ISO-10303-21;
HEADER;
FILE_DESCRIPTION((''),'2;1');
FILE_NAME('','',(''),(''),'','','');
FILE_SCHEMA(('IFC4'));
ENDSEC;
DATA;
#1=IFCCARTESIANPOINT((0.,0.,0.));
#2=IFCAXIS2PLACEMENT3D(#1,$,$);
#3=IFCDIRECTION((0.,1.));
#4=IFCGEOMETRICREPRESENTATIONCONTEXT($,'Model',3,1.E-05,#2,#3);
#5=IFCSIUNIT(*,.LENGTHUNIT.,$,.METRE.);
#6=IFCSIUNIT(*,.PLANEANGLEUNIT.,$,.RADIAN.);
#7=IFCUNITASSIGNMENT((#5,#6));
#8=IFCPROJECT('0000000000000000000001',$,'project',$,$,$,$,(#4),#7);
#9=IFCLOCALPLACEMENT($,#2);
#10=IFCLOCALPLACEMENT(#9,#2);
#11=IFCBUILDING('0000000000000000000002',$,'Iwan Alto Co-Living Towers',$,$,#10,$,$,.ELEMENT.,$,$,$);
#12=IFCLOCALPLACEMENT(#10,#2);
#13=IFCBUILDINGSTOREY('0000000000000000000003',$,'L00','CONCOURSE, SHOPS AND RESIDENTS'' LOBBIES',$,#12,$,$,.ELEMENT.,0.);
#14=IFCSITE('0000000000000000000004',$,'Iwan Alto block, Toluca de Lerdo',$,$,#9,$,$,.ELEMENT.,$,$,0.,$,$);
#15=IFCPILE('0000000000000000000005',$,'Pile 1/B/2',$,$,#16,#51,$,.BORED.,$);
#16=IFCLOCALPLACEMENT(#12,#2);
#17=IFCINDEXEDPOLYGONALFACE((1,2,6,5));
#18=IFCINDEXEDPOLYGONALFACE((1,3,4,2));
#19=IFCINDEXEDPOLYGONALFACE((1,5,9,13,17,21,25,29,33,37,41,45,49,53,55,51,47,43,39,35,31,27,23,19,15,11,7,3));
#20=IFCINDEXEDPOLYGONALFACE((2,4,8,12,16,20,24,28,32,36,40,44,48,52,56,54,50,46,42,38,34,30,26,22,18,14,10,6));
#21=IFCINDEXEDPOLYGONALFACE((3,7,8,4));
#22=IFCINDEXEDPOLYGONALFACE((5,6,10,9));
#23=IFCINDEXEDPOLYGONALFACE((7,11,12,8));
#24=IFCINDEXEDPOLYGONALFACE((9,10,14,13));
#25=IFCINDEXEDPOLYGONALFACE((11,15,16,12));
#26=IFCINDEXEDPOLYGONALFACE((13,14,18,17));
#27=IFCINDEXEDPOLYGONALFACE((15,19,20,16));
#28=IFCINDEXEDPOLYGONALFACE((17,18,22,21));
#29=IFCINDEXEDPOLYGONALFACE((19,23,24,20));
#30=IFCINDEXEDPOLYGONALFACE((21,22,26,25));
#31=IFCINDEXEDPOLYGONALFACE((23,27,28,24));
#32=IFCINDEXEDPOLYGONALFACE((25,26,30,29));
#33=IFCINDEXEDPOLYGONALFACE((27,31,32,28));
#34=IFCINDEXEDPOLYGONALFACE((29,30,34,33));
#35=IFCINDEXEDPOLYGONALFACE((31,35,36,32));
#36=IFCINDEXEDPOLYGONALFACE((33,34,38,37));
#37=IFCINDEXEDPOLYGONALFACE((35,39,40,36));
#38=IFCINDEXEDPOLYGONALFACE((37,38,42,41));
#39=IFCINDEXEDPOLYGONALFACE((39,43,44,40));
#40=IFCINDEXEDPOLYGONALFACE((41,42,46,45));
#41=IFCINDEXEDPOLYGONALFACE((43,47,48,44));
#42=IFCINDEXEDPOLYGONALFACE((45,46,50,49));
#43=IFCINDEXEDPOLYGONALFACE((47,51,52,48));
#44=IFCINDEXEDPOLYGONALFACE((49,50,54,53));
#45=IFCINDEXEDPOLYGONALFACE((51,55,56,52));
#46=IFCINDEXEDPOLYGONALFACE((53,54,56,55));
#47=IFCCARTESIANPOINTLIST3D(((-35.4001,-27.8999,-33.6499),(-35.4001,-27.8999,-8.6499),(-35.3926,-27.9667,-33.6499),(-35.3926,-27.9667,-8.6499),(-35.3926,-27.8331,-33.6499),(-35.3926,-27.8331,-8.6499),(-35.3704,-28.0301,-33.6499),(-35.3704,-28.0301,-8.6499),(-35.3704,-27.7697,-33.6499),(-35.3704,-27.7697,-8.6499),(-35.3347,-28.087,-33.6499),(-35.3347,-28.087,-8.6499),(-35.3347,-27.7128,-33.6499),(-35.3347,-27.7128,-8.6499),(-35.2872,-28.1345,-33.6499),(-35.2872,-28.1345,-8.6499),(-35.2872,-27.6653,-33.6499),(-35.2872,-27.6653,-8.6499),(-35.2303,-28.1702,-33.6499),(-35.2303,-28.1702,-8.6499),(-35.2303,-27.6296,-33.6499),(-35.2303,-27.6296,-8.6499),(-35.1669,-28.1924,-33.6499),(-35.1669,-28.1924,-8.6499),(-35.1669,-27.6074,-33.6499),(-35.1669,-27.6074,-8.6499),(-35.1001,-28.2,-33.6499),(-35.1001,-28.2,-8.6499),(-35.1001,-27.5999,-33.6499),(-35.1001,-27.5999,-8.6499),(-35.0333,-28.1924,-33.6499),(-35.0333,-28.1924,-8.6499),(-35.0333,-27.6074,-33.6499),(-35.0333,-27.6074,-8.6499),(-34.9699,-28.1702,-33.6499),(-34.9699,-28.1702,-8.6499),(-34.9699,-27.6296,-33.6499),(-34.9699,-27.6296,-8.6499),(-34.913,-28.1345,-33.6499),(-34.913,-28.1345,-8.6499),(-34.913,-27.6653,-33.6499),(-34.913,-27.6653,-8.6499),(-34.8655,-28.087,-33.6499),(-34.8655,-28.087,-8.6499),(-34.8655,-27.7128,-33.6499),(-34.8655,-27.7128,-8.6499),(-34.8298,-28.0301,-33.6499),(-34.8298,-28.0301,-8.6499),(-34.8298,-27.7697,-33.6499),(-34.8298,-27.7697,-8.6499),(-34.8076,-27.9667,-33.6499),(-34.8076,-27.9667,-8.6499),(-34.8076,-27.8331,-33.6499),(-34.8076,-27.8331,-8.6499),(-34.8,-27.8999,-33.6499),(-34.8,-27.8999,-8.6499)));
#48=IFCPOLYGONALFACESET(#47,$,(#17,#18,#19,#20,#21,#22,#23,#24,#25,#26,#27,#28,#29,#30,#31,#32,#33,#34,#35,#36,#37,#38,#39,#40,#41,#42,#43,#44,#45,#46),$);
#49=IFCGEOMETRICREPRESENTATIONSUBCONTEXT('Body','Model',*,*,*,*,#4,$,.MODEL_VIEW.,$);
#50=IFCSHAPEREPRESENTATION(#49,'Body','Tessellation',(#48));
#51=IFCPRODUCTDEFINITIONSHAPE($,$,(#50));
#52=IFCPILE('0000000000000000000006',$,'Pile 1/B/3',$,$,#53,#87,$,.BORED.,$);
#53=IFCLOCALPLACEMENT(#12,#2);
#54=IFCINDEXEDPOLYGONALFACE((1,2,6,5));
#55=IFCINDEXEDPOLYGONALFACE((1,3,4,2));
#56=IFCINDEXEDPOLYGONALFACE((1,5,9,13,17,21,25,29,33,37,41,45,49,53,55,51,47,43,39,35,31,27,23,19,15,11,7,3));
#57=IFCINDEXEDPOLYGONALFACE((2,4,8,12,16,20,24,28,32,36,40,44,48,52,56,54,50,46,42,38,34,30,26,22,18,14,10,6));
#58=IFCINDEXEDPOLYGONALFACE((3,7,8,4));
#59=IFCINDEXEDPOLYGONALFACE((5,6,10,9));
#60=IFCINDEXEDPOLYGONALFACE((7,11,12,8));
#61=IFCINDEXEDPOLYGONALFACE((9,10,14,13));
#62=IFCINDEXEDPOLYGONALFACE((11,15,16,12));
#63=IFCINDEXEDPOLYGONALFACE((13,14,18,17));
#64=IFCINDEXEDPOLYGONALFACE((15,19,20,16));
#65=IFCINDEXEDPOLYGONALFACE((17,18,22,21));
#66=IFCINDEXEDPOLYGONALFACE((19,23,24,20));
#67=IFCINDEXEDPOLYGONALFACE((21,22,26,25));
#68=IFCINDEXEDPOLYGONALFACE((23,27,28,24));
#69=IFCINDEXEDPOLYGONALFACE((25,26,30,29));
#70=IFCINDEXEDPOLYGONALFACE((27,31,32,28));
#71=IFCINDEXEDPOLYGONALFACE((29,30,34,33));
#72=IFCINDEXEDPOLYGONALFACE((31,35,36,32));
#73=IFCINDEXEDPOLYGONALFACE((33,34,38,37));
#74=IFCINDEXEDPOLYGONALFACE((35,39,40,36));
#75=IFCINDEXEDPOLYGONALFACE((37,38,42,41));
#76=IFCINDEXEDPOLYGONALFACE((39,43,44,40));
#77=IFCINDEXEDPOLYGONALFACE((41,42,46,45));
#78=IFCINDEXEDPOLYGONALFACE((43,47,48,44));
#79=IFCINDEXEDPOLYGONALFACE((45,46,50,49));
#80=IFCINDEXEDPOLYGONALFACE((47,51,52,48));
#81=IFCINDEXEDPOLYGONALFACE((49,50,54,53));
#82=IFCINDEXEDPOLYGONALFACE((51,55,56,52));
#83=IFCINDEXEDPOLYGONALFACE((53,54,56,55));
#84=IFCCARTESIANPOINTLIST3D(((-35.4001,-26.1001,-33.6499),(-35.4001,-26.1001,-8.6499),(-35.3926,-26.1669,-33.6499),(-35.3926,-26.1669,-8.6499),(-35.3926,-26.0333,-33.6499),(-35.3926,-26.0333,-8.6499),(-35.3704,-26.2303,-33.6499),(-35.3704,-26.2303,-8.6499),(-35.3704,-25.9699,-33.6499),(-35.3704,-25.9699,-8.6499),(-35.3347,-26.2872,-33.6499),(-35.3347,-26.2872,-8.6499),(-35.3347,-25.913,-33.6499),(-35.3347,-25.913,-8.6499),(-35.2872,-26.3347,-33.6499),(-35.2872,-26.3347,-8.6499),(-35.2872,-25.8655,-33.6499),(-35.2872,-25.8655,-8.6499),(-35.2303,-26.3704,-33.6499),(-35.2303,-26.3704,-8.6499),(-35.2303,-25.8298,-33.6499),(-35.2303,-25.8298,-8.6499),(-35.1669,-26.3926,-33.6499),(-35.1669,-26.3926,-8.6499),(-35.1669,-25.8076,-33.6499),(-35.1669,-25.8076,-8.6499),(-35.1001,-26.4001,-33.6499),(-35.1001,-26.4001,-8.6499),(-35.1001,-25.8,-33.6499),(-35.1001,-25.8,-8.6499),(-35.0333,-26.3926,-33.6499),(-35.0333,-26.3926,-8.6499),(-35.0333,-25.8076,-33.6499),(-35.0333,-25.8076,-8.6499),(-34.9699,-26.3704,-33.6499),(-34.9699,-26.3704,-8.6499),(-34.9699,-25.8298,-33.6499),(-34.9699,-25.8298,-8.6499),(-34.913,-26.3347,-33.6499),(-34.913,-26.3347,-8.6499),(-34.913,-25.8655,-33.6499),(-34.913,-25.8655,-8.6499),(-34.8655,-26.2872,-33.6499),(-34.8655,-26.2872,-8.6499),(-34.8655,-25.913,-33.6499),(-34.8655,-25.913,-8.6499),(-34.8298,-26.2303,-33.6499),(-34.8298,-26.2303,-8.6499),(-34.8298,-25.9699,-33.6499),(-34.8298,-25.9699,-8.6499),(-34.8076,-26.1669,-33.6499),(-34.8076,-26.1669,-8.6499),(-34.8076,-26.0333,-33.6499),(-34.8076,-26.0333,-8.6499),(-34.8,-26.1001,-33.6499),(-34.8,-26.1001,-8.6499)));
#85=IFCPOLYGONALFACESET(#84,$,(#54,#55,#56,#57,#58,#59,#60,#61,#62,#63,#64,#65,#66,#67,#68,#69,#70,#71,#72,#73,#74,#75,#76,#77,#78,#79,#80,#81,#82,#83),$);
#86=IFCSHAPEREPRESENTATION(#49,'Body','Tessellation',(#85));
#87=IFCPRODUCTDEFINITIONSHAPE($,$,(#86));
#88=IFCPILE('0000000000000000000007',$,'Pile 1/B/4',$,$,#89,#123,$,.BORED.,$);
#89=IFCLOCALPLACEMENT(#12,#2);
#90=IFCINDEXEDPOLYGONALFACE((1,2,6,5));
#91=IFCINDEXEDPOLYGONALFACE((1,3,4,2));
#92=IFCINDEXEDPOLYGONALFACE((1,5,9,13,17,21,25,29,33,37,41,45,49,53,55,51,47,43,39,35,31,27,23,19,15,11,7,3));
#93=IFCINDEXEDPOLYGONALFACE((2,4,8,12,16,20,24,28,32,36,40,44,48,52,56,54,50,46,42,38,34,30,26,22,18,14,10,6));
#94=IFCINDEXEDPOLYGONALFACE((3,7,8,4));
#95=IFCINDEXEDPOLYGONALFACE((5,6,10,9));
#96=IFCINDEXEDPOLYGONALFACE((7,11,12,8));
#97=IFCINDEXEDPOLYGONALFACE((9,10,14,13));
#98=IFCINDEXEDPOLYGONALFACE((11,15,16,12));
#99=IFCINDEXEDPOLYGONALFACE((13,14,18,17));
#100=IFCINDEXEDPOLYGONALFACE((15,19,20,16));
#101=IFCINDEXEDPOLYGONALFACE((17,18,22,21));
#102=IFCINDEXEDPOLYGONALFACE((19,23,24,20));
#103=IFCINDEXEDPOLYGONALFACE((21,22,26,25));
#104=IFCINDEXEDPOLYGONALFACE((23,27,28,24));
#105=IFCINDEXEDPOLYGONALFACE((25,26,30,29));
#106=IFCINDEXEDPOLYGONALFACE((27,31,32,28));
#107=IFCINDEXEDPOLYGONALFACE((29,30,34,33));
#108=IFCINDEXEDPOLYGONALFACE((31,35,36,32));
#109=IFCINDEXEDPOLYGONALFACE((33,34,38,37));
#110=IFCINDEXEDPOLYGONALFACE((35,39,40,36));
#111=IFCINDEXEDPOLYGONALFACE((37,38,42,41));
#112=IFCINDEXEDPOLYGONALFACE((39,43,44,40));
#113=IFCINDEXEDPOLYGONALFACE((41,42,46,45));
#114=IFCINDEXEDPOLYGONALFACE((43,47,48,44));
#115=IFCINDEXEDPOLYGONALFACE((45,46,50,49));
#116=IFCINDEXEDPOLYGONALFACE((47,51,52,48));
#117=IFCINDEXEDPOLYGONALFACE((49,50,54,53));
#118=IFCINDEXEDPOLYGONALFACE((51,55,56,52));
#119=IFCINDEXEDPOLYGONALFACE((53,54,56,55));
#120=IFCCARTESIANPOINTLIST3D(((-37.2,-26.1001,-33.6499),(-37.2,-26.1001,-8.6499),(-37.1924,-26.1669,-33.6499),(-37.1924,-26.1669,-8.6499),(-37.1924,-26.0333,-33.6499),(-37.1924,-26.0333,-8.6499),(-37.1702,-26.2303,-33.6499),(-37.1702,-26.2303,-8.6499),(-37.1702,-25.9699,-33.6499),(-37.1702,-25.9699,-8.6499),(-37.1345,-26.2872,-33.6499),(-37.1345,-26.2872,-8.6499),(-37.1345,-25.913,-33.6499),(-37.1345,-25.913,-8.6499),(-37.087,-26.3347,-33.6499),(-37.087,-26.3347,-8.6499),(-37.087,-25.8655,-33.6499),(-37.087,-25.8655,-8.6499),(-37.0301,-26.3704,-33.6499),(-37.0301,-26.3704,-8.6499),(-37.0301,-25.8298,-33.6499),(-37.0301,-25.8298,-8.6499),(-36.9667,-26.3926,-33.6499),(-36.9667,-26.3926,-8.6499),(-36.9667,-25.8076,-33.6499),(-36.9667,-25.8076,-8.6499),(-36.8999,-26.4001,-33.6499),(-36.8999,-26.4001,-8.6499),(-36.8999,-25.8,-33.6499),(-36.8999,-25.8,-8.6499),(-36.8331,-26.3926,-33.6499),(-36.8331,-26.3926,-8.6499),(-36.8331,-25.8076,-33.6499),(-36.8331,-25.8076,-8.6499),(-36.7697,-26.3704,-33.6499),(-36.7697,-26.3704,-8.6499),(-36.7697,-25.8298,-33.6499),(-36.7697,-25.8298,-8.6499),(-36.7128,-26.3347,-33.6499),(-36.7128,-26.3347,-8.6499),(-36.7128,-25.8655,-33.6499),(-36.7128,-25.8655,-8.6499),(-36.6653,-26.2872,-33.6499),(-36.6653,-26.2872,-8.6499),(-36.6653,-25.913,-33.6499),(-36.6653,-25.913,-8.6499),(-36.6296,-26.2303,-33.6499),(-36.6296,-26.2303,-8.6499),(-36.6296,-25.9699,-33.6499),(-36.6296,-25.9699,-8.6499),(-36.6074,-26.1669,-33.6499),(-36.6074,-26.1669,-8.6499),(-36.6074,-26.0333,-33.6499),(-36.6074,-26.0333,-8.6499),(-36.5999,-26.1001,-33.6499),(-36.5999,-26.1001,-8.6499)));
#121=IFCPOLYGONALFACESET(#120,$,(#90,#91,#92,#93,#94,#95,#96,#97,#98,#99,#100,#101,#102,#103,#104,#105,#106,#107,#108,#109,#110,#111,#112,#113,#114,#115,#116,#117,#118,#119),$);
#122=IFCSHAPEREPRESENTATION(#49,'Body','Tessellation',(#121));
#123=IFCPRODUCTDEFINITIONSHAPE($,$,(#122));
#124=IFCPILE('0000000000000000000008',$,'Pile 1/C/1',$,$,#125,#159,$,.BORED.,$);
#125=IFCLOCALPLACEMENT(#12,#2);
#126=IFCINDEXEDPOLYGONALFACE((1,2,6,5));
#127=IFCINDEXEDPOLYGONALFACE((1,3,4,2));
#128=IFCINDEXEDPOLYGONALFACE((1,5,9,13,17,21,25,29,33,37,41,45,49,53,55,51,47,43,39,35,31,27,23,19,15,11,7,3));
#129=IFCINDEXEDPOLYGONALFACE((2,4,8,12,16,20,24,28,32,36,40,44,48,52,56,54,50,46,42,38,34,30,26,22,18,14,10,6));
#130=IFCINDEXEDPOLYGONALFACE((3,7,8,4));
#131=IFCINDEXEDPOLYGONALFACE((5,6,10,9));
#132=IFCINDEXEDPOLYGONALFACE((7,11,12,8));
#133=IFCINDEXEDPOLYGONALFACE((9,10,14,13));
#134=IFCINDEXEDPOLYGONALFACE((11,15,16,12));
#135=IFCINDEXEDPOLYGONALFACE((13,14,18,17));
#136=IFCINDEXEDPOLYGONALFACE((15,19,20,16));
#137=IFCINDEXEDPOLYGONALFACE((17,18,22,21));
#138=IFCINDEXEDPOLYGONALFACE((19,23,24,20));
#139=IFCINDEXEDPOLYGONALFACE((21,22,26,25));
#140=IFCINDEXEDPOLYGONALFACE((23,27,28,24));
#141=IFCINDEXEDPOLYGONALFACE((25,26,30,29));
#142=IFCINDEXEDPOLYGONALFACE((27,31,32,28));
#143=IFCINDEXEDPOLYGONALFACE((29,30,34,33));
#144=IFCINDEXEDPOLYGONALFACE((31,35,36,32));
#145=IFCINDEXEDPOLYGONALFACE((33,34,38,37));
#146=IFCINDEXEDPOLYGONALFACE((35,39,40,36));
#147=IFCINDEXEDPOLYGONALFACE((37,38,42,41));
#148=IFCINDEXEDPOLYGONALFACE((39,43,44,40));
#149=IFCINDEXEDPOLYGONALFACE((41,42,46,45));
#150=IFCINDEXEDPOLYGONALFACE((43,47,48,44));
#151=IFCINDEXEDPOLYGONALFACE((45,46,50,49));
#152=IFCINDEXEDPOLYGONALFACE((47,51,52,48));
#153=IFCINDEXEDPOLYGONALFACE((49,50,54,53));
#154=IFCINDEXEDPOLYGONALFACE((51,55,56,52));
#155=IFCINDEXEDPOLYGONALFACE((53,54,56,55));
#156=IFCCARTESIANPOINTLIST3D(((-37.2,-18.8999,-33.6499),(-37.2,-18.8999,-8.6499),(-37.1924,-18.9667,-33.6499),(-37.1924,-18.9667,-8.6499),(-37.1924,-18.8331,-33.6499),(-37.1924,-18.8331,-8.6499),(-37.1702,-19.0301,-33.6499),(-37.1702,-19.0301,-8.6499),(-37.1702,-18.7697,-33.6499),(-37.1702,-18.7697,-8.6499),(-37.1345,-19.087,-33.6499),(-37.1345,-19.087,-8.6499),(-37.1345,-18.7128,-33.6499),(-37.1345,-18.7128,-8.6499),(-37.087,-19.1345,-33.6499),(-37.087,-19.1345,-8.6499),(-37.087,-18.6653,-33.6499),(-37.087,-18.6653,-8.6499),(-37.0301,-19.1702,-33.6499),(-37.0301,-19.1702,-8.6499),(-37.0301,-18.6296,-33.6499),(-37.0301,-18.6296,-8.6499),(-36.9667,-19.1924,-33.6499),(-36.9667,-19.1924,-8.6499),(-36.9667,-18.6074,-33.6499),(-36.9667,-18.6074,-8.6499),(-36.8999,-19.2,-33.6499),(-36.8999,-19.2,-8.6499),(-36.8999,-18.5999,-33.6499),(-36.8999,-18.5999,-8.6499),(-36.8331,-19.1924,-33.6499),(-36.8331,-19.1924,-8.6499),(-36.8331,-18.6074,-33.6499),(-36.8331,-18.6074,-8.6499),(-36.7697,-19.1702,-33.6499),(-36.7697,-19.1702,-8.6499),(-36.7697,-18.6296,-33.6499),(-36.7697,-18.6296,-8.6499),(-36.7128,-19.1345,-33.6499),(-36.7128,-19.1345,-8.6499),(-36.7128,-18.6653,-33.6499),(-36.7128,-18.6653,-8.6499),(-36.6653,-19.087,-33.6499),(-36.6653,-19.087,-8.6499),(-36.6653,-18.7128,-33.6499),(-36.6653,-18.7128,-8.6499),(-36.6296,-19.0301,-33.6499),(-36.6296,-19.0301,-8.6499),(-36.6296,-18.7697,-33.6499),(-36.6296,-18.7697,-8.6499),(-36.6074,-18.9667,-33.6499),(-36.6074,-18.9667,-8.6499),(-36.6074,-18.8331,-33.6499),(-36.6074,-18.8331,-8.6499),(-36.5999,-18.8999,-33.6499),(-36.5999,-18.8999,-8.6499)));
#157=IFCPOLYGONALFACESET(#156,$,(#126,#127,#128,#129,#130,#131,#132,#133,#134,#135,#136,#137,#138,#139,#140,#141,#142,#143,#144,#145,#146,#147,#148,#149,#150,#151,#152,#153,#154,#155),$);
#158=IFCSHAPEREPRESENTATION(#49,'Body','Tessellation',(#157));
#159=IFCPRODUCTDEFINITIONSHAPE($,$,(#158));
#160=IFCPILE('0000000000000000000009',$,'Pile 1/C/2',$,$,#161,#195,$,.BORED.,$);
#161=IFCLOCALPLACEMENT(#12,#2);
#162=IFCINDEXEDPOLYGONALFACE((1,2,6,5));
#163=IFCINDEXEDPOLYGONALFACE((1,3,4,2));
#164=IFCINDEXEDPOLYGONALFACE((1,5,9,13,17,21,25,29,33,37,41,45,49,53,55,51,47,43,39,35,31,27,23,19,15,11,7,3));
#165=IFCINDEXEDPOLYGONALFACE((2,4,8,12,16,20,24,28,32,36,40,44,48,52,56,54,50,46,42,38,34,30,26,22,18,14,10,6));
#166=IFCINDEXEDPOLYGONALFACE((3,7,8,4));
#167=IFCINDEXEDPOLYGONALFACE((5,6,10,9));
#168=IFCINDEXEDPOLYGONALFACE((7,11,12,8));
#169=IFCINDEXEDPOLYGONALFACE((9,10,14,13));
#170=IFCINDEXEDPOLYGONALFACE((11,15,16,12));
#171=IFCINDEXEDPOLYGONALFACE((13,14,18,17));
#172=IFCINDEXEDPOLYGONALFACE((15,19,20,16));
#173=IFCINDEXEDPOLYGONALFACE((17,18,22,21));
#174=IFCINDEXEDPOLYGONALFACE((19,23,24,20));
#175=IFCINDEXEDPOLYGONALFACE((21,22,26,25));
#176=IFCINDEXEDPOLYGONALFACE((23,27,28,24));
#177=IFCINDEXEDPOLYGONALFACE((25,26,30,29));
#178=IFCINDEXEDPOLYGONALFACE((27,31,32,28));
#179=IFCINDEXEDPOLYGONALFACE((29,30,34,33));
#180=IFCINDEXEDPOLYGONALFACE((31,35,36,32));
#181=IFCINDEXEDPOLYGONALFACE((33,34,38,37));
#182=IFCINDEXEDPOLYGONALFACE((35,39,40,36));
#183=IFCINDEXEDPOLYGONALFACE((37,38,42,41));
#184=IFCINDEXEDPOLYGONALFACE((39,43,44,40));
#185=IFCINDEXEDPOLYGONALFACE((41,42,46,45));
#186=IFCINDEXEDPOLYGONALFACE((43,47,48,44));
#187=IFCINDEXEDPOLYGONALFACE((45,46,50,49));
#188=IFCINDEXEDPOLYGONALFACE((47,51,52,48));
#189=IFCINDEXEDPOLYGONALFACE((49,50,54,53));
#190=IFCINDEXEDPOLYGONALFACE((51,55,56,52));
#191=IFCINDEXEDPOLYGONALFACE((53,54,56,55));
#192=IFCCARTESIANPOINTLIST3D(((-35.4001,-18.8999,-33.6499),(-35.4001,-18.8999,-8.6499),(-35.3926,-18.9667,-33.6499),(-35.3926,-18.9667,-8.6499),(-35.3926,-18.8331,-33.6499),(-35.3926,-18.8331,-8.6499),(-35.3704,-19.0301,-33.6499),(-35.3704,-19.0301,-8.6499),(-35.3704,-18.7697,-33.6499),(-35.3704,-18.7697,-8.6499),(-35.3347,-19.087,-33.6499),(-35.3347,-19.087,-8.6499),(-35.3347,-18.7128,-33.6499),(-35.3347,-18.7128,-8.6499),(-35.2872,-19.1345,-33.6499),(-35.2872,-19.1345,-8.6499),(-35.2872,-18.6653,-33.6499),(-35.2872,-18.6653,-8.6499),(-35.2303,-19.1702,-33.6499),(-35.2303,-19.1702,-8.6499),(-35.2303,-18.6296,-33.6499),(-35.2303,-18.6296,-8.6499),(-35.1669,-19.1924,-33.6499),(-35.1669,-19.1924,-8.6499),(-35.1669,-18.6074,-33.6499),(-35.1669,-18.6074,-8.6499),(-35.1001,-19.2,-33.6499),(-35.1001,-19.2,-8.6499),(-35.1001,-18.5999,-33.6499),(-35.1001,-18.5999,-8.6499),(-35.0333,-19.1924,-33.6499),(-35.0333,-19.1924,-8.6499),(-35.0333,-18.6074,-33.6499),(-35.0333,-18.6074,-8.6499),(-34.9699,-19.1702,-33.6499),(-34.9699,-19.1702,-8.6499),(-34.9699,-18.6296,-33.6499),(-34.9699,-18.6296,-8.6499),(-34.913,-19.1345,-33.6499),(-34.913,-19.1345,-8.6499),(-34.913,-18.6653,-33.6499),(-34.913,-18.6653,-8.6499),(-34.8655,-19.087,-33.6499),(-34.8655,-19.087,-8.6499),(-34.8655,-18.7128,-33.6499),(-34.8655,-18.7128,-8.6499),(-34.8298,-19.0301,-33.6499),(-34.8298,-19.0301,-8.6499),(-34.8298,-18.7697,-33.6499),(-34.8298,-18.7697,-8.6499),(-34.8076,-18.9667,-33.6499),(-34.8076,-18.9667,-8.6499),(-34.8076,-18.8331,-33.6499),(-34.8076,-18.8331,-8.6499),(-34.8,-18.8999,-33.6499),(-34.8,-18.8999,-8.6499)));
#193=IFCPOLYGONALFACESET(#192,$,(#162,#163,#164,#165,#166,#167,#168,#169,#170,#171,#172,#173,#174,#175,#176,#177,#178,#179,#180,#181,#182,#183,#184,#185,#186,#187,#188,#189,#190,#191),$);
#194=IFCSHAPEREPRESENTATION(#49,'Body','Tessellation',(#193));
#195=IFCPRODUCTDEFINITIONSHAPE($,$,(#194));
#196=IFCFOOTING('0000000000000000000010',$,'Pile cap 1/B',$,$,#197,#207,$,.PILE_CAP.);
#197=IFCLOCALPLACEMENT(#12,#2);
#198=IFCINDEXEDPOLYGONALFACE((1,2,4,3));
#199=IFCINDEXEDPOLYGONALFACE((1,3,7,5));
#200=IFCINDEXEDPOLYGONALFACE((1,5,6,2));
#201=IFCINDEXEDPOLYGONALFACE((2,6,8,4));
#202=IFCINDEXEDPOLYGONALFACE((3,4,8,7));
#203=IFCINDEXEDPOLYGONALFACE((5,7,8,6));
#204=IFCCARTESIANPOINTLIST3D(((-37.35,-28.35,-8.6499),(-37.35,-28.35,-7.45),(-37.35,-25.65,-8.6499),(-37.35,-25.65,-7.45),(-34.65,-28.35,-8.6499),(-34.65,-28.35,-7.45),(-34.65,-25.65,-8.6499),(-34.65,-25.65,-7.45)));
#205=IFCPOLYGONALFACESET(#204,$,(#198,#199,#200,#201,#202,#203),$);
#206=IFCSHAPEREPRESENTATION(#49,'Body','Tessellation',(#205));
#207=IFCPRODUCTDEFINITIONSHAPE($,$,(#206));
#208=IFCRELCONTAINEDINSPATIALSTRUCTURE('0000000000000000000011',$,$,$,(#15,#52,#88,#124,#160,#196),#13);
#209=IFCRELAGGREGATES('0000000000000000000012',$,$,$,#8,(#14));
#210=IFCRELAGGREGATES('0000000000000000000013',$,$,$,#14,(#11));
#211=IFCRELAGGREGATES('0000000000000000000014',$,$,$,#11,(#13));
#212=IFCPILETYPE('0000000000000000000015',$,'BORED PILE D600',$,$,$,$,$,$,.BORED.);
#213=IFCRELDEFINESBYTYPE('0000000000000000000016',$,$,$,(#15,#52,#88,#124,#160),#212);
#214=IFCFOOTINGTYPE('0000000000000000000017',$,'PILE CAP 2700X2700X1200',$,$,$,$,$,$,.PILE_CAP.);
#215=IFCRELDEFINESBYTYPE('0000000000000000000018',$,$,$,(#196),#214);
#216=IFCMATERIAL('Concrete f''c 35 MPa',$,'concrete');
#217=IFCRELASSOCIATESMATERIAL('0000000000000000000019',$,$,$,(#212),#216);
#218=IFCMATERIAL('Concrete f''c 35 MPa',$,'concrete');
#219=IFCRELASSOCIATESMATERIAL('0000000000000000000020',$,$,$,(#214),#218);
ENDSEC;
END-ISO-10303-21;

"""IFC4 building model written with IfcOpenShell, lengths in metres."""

from ifc_helpers import new_model, si_unit, direction, frame, origin, origin_2d, place, context, subcontext, project, spatial, rectangle, circle, extrude, material, material_profile, profile_set, type_object, element, save


model = new_model("IFC4")

# Units and contexts
model_context = context("Model", 3, precision=1e-05, world=origin(), true_north=direction((0.0, 1.0)))
body_context = subcontext(model_context, "Body", "Model", "MODEL_VIEW")
ifc_project = project(units=[si_unit("LENGTHUNIT", "METRE"), si_unit("PLANEANGLEUNIT", "RADIAN")], contexts=[model_context])

# Site, building, storey
site_placement = place(None, origin())
site = spatial("IfcSite", under=ifc_project, at=site_placement, Name="Iwan Alto block, Toluca de Lerdo", CompositionType="ELEMENT", RefElevation=0.0)
building_placement = place(site_placement, origin())
building = spatial("IfcBuilding", under=site, at=building_placement, Name="Iwan Alto Co-Living Towers", CompositionType="ELEMENT")
storey_placement = place(building_placement, origin())
storey = spatial("IfcBuildingStorey", under=building, at=storey_placement, Name="L00", Description="CONCOURSE, SHOPS AND RESIDENTS' LOBBIES", CompositionType="ELEMENT", Elevation=0.0)

# Piles
ifc_material_1 = material(Name="Concrete f'c 35 MPa", Category="concrete")
ifc_material_profile_1 = material_profile(ifc_material_1, circle(Radius=0.3, at=origin_2d()), Name="D600")
ifc_profile_set_1 = profile_set([ifc_material_profile_1], Name="Concrete f'c 35 MPa")
pile_type_1 = type_object("IfcPileType", Name="BORED PILE D600", PredefinedType="BORED", material=ifc_profile_set_1)
for number, where, z_axis, x_axis, name in (
    (1, (-35.1001, -27.8999, -8.6499), (0.0, 0.0, -1.0), (1.0, 0.0, 0.0), "Pile 1/B/2"),
    (2, (-35.1001, -26.1001, -8.6499), (0.0, 0.0, -1.0), (1.0, 0.0, 0.0), "Pile 1/B/3"),
    (3, (-36.8999, -26.1001, -8.6499), (0.0, 0.0, -1.0), (1.0, 0.0, 0.0), "Pile 1/B/4"),
    (4, (-36.8999, -18.8999, -8.6499), (0.0, 0.0, -1.0), (1.0, 0.0, 0.0), "Pile 1/C/1"),
    (5, (-35.1001, -18.8999, -8.6499), (0.0, 0.0, -1.0), (1.0, 0.0, 0.0), "Pile 1/C/2"),
):
    element("IfcPile", number, at=place(storey_placement, frame(where, z_axis=z_axis, x_axis=x_axis)), inside=storey, type_object=pile_type_1, Name=name, PredefinedType="BORED", context=body_context, shape_type="SweptSolid", body=[
        extrude(circle(Radius=0.3, at=origin_2d()), origin(), (0.0, 0.0, 1.0), 25.0),
    ])

# Footing
ifc_material_2 = material(Name="Concrete f'c 35 MPa", Category="concrete")
footing_type = type_object("IfcFootingType", Name="PILE CAP 2700X2700X1200", PredefinedType="PILE_CAP", material=ifc_material_2)
for number, where, z_axis, x_axis, name in (
    (6, (-36.0, -27.0, -8.6499), (0.0, 0.0, 1.0), (1.0, 0.0, 0.0), "Pile cap 1/B"),
):
    element("IfcFooting", number, at=place(storey_placement, frame(where, z_axis=z_axis, x_axis=x_axis)), inside=storey, type_object=footing_type, Name=name, PredefinedType="PILE_CAP", context=body_context, shape_type="SweptSolid", body=[
        extrude(rectangle(XDim=2.7, YDim=2.7, at=origin_2d()), origin(), (0.0, 0.0, 1.0), 1.2),
    ])

save(model, "model.ifc")
